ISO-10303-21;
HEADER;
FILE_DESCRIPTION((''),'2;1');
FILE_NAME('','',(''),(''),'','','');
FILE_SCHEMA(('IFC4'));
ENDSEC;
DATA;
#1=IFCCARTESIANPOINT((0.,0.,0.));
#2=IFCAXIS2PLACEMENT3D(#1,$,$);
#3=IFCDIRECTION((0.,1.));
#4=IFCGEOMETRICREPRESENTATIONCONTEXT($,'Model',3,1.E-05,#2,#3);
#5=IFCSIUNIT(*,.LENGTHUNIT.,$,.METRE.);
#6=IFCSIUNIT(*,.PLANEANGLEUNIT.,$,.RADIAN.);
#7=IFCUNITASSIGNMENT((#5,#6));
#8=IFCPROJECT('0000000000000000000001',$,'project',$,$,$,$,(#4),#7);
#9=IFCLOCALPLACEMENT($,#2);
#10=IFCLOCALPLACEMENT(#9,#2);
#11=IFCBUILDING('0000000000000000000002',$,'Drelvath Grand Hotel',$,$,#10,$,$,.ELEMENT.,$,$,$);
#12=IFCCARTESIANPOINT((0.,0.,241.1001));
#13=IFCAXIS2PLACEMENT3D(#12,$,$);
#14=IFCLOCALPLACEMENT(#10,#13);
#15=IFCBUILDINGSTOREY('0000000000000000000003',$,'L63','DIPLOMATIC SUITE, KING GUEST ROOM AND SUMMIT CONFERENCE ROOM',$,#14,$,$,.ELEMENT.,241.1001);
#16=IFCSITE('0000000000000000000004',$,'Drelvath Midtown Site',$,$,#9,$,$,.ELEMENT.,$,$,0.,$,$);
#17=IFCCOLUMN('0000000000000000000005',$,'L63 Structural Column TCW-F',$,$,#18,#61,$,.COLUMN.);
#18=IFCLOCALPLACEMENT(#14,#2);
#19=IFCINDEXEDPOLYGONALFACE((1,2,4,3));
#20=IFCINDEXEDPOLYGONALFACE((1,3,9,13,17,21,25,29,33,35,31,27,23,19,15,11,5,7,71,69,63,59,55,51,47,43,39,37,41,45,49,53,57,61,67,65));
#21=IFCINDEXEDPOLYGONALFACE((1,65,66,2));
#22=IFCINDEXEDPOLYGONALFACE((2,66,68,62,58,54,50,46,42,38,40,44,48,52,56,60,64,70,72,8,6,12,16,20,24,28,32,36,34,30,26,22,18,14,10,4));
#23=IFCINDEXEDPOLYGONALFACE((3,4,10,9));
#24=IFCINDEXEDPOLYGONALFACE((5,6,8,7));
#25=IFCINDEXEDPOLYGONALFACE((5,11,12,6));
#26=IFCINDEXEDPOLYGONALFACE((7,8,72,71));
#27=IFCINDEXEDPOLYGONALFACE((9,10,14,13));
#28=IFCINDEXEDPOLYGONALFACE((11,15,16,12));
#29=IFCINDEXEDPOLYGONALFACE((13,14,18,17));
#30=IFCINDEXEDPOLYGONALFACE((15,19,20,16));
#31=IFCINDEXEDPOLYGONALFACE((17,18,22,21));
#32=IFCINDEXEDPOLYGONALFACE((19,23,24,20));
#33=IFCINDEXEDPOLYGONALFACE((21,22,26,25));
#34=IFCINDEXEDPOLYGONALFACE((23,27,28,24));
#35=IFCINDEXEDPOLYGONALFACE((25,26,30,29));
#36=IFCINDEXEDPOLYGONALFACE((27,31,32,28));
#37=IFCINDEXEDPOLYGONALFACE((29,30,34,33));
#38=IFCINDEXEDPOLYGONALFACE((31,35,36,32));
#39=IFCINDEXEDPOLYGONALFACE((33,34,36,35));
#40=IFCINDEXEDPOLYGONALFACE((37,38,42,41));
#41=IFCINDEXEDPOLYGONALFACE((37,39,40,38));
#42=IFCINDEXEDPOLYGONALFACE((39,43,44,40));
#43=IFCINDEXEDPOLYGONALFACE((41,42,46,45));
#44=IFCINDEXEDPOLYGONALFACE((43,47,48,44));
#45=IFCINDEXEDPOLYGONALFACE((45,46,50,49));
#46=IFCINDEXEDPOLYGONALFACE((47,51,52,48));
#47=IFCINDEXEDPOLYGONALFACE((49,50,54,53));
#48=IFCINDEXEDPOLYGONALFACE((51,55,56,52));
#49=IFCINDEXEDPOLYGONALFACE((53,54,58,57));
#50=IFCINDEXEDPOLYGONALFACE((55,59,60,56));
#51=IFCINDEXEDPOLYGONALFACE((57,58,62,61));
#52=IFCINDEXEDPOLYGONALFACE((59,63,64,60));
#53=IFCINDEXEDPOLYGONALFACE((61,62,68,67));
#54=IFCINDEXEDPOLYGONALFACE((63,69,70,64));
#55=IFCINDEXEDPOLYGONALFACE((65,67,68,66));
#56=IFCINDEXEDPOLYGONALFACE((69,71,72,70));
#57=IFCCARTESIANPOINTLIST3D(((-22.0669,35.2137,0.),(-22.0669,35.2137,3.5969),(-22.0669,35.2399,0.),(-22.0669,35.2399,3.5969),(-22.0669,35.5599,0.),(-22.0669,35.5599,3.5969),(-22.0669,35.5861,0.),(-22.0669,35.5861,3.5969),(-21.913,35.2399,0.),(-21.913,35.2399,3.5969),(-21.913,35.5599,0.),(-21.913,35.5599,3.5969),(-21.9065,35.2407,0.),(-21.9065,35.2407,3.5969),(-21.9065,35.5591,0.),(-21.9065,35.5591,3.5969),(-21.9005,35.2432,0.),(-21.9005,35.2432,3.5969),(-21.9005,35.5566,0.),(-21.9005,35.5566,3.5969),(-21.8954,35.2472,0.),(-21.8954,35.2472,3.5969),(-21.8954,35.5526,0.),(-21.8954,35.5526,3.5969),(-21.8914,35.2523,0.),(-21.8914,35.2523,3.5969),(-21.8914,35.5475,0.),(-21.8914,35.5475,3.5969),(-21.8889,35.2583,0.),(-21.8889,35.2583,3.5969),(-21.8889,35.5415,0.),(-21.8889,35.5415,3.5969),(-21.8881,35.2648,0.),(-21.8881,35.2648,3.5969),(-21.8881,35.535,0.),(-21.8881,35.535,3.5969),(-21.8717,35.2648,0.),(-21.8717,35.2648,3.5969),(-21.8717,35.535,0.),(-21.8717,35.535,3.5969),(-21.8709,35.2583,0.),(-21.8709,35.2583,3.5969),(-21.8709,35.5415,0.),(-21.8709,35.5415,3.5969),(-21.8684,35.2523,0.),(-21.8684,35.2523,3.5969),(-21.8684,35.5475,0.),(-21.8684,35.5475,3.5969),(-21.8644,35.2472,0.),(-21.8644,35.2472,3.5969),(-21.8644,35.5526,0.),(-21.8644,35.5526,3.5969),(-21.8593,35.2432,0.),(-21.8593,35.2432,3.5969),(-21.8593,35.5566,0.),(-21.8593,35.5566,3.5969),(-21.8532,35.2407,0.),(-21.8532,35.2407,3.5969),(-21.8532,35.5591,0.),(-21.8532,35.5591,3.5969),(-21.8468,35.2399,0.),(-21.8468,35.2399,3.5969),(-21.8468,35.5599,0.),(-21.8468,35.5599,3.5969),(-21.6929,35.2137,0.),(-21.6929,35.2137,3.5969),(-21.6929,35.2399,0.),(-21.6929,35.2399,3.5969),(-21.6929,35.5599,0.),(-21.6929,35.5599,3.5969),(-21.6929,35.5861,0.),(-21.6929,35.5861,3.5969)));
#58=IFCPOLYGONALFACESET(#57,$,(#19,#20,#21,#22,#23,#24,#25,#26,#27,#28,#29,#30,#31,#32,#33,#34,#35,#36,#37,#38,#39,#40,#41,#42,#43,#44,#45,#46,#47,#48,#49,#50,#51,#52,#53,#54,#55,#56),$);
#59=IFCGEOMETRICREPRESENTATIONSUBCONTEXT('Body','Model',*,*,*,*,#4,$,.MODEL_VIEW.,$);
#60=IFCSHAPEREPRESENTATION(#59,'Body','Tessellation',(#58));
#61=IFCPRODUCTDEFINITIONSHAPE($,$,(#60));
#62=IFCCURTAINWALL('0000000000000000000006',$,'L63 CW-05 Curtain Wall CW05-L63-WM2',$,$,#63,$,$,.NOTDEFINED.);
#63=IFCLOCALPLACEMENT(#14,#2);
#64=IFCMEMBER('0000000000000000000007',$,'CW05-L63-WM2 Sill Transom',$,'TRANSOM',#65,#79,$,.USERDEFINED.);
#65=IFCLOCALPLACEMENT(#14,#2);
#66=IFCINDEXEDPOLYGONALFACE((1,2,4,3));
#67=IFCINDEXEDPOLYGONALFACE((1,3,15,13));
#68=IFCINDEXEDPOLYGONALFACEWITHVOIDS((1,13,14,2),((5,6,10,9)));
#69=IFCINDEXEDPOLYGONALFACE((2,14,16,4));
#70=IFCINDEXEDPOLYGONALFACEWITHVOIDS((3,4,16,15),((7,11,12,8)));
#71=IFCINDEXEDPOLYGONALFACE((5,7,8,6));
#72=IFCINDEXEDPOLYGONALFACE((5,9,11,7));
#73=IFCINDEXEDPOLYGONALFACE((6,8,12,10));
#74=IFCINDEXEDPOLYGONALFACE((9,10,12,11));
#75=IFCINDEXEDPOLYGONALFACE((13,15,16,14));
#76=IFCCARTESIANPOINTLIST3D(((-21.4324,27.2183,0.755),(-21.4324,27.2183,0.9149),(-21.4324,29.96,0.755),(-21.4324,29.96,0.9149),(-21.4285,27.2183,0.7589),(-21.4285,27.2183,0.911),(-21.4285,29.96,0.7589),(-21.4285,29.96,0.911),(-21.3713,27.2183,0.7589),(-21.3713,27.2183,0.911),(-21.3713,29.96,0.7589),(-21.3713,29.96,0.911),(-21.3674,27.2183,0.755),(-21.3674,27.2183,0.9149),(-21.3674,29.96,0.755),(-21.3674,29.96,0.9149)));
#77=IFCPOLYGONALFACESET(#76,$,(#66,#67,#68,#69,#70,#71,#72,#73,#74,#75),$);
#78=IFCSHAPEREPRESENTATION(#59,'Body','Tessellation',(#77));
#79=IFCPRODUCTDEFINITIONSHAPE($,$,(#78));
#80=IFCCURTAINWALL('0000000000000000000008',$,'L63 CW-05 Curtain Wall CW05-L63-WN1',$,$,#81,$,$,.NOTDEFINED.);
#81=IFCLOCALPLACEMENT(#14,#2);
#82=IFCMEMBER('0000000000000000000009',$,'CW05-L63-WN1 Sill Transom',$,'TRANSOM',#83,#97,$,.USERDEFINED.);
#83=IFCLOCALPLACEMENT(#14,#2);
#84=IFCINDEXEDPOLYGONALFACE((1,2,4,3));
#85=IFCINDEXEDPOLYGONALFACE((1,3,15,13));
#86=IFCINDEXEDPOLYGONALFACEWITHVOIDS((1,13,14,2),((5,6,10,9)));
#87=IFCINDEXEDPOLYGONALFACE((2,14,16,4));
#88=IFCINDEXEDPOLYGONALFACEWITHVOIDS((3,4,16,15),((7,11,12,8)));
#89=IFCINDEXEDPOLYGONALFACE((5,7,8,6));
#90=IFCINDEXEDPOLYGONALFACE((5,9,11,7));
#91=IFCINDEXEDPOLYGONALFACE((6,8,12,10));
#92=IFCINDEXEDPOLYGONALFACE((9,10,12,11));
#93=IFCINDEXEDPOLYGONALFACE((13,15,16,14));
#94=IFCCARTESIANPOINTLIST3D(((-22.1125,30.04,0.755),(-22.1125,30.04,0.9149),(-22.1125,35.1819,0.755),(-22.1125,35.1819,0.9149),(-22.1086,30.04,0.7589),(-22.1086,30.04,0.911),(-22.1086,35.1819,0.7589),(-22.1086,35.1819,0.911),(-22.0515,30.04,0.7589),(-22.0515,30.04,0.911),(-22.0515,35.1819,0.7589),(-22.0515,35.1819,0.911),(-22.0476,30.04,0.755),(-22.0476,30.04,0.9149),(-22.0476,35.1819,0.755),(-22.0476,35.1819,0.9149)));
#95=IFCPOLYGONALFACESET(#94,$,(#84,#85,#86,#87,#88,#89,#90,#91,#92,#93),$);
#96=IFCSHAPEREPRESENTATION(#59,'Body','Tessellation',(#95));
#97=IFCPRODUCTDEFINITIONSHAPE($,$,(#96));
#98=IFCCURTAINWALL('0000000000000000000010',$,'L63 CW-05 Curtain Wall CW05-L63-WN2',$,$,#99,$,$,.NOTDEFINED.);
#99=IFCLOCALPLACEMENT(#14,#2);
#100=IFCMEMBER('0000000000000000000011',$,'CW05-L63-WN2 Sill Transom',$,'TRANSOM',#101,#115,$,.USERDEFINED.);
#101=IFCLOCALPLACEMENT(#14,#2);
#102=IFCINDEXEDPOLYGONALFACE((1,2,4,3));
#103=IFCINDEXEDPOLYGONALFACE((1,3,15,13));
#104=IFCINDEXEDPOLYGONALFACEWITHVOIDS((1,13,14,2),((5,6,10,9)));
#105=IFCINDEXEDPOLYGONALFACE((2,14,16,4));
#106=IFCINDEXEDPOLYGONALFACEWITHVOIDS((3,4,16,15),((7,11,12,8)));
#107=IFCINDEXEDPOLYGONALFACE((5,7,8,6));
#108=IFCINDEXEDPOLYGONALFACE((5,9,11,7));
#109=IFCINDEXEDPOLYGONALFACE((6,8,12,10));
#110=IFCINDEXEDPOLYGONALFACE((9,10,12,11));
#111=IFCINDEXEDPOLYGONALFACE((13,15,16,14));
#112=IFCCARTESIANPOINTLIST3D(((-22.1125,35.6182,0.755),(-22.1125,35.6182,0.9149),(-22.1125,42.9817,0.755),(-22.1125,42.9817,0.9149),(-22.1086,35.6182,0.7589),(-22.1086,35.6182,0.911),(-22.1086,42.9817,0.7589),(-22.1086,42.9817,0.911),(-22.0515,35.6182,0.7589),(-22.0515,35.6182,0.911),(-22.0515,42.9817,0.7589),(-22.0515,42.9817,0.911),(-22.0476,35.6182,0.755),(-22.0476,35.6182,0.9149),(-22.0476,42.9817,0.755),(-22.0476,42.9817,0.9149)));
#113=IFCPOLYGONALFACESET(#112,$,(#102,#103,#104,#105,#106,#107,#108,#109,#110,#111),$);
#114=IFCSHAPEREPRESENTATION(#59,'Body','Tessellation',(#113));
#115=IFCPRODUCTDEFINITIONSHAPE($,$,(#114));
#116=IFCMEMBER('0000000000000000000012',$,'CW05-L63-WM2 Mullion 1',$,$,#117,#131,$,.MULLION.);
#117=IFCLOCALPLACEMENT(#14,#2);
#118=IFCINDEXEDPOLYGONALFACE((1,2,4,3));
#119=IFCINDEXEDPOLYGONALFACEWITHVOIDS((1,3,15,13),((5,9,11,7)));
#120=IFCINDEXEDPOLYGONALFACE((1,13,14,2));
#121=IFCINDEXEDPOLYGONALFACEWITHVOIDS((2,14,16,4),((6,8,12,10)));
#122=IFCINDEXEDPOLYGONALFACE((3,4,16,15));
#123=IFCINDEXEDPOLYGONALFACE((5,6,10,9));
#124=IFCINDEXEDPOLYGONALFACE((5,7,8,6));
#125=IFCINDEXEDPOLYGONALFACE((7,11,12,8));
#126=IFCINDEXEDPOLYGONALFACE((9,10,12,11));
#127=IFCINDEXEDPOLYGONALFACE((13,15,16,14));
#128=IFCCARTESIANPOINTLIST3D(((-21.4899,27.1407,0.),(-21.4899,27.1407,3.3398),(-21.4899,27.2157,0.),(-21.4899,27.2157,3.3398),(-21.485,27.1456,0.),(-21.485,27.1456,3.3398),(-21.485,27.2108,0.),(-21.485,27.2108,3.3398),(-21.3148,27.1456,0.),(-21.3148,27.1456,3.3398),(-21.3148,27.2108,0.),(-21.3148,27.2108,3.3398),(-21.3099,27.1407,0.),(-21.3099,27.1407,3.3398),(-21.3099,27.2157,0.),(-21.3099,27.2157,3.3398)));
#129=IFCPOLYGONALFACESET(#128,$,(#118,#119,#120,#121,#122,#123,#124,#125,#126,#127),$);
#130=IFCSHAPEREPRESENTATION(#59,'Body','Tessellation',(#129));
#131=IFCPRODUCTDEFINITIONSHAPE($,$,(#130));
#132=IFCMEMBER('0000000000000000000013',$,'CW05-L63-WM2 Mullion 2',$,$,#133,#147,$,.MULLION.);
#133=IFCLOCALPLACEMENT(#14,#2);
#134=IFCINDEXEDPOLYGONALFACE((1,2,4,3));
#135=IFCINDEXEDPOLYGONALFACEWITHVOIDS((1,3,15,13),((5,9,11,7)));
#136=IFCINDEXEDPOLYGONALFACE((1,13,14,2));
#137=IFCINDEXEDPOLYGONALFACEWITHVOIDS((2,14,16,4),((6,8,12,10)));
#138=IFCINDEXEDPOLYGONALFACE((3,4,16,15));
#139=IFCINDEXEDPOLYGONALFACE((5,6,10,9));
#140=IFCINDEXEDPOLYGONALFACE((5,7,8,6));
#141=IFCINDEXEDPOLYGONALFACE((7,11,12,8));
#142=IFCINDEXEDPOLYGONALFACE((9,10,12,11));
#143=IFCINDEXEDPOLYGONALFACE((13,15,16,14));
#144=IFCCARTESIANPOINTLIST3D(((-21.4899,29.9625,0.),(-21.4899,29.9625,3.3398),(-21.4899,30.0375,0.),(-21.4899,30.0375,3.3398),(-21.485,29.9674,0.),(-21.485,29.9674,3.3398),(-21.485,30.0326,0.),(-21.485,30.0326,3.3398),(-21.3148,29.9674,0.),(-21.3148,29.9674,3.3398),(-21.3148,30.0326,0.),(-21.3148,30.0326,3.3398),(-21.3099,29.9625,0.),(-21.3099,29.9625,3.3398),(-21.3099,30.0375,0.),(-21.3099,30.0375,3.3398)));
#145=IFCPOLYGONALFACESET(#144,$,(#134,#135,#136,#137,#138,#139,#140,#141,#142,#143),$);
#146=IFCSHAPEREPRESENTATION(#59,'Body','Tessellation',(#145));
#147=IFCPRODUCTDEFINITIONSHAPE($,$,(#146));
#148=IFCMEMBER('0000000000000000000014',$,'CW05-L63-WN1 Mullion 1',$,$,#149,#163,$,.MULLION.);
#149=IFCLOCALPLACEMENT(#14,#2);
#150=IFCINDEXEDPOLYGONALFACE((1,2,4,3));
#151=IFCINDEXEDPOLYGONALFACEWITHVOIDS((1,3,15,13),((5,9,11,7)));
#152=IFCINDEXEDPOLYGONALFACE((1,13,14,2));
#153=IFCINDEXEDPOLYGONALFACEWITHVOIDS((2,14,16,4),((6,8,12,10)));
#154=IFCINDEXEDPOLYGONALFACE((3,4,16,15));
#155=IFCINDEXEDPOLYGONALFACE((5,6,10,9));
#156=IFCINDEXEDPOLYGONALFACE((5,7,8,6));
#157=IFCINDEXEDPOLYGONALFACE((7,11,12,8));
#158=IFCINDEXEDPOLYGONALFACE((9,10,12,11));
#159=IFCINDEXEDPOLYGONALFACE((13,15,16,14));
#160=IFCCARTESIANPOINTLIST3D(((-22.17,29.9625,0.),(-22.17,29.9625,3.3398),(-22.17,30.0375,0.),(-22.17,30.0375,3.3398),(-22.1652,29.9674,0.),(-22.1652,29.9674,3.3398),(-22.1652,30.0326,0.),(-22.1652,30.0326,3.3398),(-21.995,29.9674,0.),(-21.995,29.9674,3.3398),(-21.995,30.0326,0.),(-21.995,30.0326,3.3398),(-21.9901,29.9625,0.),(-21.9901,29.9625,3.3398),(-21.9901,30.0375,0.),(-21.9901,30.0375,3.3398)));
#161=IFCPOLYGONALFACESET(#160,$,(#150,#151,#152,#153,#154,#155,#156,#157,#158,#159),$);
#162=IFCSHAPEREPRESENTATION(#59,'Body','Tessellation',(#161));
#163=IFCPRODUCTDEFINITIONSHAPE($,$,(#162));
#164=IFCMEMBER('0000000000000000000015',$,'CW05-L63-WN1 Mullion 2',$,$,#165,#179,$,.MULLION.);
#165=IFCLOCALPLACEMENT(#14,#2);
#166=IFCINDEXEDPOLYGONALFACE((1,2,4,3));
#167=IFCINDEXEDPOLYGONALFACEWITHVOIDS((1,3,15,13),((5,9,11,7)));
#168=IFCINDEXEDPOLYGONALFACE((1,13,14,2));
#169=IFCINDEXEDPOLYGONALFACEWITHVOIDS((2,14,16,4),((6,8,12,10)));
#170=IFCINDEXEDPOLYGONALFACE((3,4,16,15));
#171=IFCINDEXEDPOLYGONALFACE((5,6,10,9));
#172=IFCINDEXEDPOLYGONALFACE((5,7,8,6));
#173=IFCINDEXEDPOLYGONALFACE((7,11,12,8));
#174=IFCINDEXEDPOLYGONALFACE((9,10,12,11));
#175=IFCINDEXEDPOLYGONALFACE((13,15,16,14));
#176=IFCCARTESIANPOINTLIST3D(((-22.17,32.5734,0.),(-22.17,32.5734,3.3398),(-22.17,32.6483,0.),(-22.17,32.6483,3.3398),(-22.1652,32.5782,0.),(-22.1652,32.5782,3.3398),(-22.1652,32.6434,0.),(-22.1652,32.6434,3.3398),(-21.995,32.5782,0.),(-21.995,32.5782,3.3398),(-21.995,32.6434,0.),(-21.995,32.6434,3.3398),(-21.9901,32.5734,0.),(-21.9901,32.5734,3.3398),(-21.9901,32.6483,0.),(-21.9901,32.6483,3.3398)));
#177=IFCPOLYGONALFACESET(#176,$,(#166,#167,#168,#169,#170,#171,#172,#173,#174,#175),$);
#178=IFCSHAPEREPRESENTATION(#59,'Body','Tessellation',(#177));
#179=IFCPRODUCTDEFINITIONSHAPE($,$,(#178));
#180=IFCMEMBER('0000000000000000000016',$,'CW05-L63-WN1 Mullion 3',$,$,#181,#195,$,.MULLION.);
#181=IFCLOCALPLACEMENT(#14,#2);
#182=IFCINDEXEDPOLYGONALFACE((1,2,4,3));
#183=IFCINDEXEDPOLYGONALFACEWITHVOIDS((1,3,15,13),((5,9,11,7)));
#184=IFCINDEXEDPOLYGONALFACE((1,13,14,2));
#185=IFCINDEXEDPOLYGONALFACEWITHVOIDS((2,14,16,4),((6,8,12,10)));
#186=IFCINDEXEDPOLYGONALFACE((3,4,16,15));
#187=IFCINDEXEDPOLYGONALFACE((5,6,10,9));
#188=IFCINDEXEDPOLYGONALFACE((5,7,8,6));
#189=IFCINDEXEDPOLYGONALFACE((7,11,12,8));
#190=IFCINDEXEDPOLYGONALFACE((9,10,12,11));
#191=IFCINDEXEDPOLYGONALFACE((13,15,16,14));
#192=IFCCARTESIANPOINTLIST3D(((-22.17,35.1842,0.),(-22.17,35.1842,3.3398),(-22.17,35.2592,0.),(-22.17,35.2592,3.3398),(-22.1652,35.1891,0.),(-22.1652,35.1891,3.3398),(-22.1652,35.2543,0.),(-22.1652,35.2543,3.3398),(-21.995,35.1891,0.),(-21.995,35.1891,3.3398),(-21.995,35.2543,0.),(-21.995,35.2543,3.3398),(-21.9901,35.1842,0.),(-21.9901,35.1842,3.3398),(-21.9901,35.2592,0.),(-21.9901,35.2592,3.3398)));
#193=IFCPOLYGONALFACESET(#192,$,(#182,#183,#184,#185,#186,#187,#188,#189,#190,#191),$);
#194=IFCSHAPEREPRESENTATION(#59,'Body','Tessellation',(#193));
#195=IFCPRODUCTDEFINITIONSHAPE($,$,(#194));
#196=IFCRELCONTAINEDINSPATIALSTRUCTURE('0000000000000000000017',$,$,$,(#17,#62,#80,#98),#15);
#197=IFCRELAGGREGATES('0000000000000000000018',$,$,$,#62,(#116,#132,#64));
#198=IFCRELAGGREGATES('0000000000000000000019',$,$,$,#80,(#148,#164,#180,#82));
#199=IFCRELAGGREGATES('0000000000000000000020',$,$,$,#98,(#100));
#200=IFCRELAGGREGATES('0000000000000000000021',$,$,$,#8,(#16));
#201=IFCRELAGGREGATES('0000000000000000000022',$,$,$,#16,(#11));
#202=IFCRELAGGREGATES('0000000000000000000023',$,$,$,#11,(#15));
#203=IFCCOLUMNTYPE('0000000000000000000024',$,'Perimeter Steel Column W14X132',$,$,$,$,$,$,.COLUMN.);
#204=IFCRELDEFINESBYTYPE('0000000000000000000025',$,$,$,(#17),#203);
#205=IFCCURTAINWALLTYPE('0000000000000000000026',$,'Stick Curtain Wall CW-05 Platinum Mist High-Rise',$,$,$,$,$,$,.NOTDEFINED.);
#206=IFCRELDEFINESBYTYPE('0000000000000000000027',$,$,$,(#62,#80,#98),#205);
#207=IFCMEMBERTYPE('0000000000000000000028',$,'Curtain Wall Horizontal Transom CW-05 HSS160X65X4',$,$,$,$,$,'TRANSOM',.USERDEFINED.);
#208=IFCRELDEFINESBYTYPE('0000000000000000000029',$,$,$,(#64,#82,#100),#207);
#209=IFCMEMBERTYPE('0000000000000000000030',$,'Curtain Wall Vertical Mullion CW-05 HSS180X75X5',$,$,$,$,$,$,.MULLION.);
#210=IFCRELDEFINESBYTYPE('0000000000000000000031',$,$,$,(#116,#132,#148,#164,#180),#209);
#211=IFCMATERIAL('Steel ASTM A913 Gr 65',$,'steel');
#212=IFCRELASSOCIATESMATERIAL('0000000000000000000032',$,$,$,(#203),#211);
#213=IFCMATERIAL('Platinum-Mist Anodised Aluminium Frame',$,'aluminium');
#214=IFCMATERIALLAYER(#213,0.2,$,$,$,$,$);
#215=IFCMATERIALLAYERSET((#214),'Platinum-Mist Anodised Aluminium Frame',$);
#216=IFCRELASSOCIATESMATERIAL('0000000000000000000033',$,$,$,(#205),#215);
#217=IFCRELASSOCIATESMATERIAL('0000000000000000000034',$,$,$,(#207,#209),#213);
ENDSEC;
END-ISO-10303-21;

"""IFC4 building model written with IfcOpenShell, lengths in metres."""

from ifc_helpers import new_model, si_unit, direction, frame, origin, origin_2d, place, context, subcontext, project, spatial, hollow_rectangle, i_section, extrude, material, layer, layer_set, material_profile, profile_set, type_object, element, aggregate, save


model = new_model("IFC4")

# Units and contexts
model_context = context("Model", 3, precision=1e-05, world=origin(), true_north=direction((0.0, 1.0)))
body_context = subcontext(model_context, "Body", "Model", "MODEL_VIEW")
ifc_project = project(units=[si_unit("LENGTHUNIT", "METRE"), si_unit("PLANEANGLEUNIT", "RADIAN")], contexts=[model_context])

# Site, building, storey
site_placement = place(None, origin())
site = spatial("IfcSite", under=ifc_project, at=site_placement, Name="Drelvath Midtown Site", CompositionType="ELEMENT", RefElevation=0.0)
building_placement = place(site_placement, origin())
building = spatial("IfcBuilding", under=site, at=building_placement, Name="Drelvath Grand Hotel", CompositionType="ELEMENT")
storey_placement = place(building_placement, frame((0.0, 0.0, 241.1001)))
storey = spatial("IfcBuildingStorey", under=building, at=storey_placement, Name="L63", Description="DIPLOMATIC SUITE, KING GUEST ROOM AND SUMMIT CONFERENCE ROOM", CompositionType="ELEMENT", Elevation=241.1001)

# Column
ifc_material_1 = material(Name="Steel ASTM A913 Gr 65", Category="steel")
ifc_material_profile_1 = material_profile(ifc_material_1, i_section(OverallWidth=0.374, OverallDepth=0.3723, WebThickness=0.0164, FlangeThickness=0.0261, FilletRadius=0.0249, at=origin_2d()), Name="W14X132")
ifc_profile_set_1 = profile_set([ifc_material_profile_1], Name="Steel ASTM A913 Gr 65")
column_type = type_object("IfcColumnType", Name="Perimeter Steel Column W14X132", PredefinedType="COLUMN", material=ifc_profile_set_1)
column_placement = place(storey_placement, frame((-21.8799, 35.3999, 0.0), z_axis=(0.0, 0.0, 1.0), x_axis=(1.0, 0.0, 0.0)))
element("IfcColumn", 1, at=column_placement, inside=storey, type_object=column_type, Name="L63 Structural Column TCW-F", PredefinedType="COLUMN", context=body_context, shape_type="SweptSolid", body=[
    extrude(i_section(OverallWidth=0.374, OverallDepth=0.3723, WebThickness=0.0164, FlangeThickness=0.0261, FilletRadius=0.0249, at=origin_2d()), origin(), (0.0, 0.0, 1.0), 3.5969),
])

# Curtain walls, members
ifc_material_2 = material(Name="Platinum-Mist Anodised Aluminium Frame", Category="aluminium")
ifc_layer_1 = layer(ifc_material_2, 0.2)
ifc_layer_set_1 = layer_set([ifc_layer_1], Name="Platinum-Mist Anodised Aluminium Frame")
curtain_wall_type = type_object("IfcCurtainWallType", Name="Stick Curtain Wall CW-05 Platinum Mist High-Rise", PredefinedType="NOTDEFINED", material=ifc_layer_set_1)
curtain_wall_1_placement = place(storey_placement, origin())
curtain_wall_1 = element("IfcCurtainWall", 2, at=curtain_wall_1_placement, inside=storey, type_object=curtain_wall_type, Name="L63 CW-05 Curtain Wall CW05-L63-WM2", PredefinedType="NOTDEFINED")
ifc_material_profile_2 = material_profile(ifc_material_2, hollow_rectangle(XDim=0.0649, YDim=0.1599, WallThickness=0.0039, at=origin_2d()), Name="HSS160X65X4")
ifc_profile_set_2 = profile_set([ifc_material_profile_2], Name="Platinum-Mist Anodised Aluminium Frame")
member_type_1 = type_object("IfcMemberType", Name="Curtain Wall Horizontal Transom CW-05 HSS160X65X4", ElementType="TRANSOM", PredefinedType="USERDEFINED", material=ifc_profile_set_2)
member_1_placement = place(storey_placement, frame((-21.3999, 27.2183, 0.835), z_axis=(0.0, 1.0, 0.0), x_axis=(-1.0, 0.0, 0.0)))
member_1 = element("IfcMember", 3, at=member_1_placement, type_object=member_type_1, Name="CW05-L63-WM2 Sill Transom", ObjectType="TRANSOM", PredefinedType="USERDEFINED", context=body_context, shape_type="SweptSolid", body=[
    extrude(hollow_rectangle(XDim=0.0649, YDim=0.1599, WallThickness=0.0039, at=origin_2d()), origin(), (0.0, 0.0, 1.0), 2.7417),
])
curtain_wall_2_placement = place(storey_placement, origin())
curtain_wall_2 = element("IfcCurtainWall", 4, at=curtain_wall_2_placement, inside=storey, type_object=curtain_wall_type, Name="L63 CW-05 Curtain Wall CW05-L63-WN1", PredefinedType="NOTDEFINED")
member_2_placement = place(storey_placement, frame((-22.0801, 30.04, 0.835), z_axis=(0.0, 1.0, 0.0), x_axis=(-1.0, 0.0, 0.0)))
member_2 = element("IfcMember", 5, at=member_2_placement, type_object=member_type_1, Name="CW05-L63-WN1 Sill Transom", ObjectType="TRANSOM", PredefinedType="USERDEFINED", context=body_context, shape_type="SweptSolid", body=[
    extrude(hollow_rectangle(XDim=0.0649, YDim=0.1599, WallThickness=0.0039, at=origin_2d()), origin(), (0.0, 0.0, 1.0), 5.1418),
])
curtain_wall_3_placement = place(storey_placement, origin())
curtain_wall_3 = element("IfcCurtainWall", 6, at=curtain_wall_3_placement, inside=storey, type_object=curtain_wall_type, Name="L63 CW-05 Curtain Wall CW05-L63-WN2", PredefinedType="NOTDEFINED")
member_3_placement = place(storey_placement, frame((-22.0801, 35.6182, 0.835), z_axis=(0.0, 1.0, 0.0), x_axis=(-1.0, 0.0, 0.0)))
member_3 = element("IfcMember", 7, at=member_3_placement, type_object=member_type_1, Name="CW05-L63-WN2 Sill Transom", ObjectType="TRANSOM", PredefinedType="USERDEFINED", context=body_context, shape_type="SweptSolid", body=[
    extrude(hollow_rectangle(XDim=0.0649, YDim=0.1599, WallThickness=0.0039, at=origin_2d()), origin(), (0.0, 0.0, 1.0), 7.3635),
])

# Members
ifc_material_profile_3 = material_profile(ifc_material_2, hollow_rectangle(XDim=0.075, YDim=0.1799, WallThickness=0.0049, at=origin_2d()), Name="HSS180X75X5")
ifc_profile_set_3 = profile_set([ifc_material_profile_3], Name="Platinum-Mist Anodised Aluminium Frame")
member_type_2 = type_object("IfcMemberType", Name="Curtain Wall Vertical Mullion CW-05 HSS180X75X5", PredefinedType="MULLION", material=ifc_profile_set_3)
member_4_placement = place(storey_placement, frame((-21.3999, 27.1782, 0.0), z_axis=(0.0, 0.0, 1.0), x_axis=(0.0, 1.0, 0.0)))
member_4 = element("IfcMember", 8, at=member_4_placement, type_object=member_type_2, Name="CW05-L63-WM2 Mullion 1", PredefinedType="MULLION", context=body_context, shape_type="SweptSolid", body=[
    extrude(hollow_rectangle(XDim=0.075, YDim=0.1799, WallThickness=0.0049, at=origin_2d()), origin(), (0.0, 0.0, 1.0), 3.3398),
])
member_5_placement = place(storey_placement, frame((-21.3999, 30.0, 0.0), z_axis=(0.0, 0.0, 1.0), x_axis=(0.0, 1.0, 0.0)))
member_5 = element("IfcMember", 9, at=member_5_placement, type_object=member_type_2, Name="CW05-L63-WM2 Mullion 2", PredefinedType="MULLION", context=body_context, shape_type="SweptSolid", body=[
    extrude(hollow_rectangle(XDim=0.075, YDim=0.1799, WallThickness=0.0049, at=origin_2d()), origin(), (0.0, 0.0, 1.0), 3.3398),
])
member_6_placement = place(storey_placement, frame((-22.0801, 30.0, 0.0), z_axis=(0.0, 0.0, 1.0), x_axis=(0.0, 1.0, 0.0)))
member_6 = element("IfcMember", 10, at=member_6_placement, type_object=member_type_2, Name="CW05-L63-WN1 Mullion 1", PredefinedType="MULLION", context=body_context, shape_type="SweptSolid", body=[
    extrude(hollow_rectangle(XDim=0.075, YDim=0.1799, WallThickness=0.0049, at=origin_2d()), origin(), (0.0, 0.0, 1.0), 3.3398),
])
member_7_placement = place(storey_placement, frame((-22.0801, 32.6108, 0.0), z_axis=(0.0, 0.0, 1.0), x_axis=(0.0, 1.0, 0.0)))
member_7 = element("IfcMember", 11, at=member_7_placement, type_object=member_type_2, Name="CW05-L63-WN1 Mullion 2", PredefinedType="MULLION", context=body_context, shape_type="SweptSolid", body=[
    extrude(hollow_rectangle(XDim=0.075, YDim=0.1799, WallThickness=0.0049, at=origin_2d()), origin(), (0.0, 0.0, 1.0), 3.3398),
])
member_8_placement = place(storey_placement, frame((-22.0801, 35.2217, 0.0), z_axis=(0.0, 0.0, 1.0), x_axis=(0.0, 1.0, 0.0)))
member_8 = element("IfcMember", 12, at=member_8_placement, type_object=member_type_2, Name="CW05-L63-WN1 Mullion 3", PredefinedType="MULLION", context=body_context, shape_type="SweptSolid", body=[
    extrude(hollow_rectangle(XDim=0.075, YDim=0.1799, WallThickness=0.0049, at=origin_2d()), origin(), (0.0, 0.0, 1.0), 3.3398),
])

aggregate(curtain_wall_1, [member_4, member_5, member_1])
aggregate(curtain_wall_2, [member_6, member_7, member_8, member_2])
aggregate(curtain_wall_3, [member_3])

save(model, "model.ifc")
